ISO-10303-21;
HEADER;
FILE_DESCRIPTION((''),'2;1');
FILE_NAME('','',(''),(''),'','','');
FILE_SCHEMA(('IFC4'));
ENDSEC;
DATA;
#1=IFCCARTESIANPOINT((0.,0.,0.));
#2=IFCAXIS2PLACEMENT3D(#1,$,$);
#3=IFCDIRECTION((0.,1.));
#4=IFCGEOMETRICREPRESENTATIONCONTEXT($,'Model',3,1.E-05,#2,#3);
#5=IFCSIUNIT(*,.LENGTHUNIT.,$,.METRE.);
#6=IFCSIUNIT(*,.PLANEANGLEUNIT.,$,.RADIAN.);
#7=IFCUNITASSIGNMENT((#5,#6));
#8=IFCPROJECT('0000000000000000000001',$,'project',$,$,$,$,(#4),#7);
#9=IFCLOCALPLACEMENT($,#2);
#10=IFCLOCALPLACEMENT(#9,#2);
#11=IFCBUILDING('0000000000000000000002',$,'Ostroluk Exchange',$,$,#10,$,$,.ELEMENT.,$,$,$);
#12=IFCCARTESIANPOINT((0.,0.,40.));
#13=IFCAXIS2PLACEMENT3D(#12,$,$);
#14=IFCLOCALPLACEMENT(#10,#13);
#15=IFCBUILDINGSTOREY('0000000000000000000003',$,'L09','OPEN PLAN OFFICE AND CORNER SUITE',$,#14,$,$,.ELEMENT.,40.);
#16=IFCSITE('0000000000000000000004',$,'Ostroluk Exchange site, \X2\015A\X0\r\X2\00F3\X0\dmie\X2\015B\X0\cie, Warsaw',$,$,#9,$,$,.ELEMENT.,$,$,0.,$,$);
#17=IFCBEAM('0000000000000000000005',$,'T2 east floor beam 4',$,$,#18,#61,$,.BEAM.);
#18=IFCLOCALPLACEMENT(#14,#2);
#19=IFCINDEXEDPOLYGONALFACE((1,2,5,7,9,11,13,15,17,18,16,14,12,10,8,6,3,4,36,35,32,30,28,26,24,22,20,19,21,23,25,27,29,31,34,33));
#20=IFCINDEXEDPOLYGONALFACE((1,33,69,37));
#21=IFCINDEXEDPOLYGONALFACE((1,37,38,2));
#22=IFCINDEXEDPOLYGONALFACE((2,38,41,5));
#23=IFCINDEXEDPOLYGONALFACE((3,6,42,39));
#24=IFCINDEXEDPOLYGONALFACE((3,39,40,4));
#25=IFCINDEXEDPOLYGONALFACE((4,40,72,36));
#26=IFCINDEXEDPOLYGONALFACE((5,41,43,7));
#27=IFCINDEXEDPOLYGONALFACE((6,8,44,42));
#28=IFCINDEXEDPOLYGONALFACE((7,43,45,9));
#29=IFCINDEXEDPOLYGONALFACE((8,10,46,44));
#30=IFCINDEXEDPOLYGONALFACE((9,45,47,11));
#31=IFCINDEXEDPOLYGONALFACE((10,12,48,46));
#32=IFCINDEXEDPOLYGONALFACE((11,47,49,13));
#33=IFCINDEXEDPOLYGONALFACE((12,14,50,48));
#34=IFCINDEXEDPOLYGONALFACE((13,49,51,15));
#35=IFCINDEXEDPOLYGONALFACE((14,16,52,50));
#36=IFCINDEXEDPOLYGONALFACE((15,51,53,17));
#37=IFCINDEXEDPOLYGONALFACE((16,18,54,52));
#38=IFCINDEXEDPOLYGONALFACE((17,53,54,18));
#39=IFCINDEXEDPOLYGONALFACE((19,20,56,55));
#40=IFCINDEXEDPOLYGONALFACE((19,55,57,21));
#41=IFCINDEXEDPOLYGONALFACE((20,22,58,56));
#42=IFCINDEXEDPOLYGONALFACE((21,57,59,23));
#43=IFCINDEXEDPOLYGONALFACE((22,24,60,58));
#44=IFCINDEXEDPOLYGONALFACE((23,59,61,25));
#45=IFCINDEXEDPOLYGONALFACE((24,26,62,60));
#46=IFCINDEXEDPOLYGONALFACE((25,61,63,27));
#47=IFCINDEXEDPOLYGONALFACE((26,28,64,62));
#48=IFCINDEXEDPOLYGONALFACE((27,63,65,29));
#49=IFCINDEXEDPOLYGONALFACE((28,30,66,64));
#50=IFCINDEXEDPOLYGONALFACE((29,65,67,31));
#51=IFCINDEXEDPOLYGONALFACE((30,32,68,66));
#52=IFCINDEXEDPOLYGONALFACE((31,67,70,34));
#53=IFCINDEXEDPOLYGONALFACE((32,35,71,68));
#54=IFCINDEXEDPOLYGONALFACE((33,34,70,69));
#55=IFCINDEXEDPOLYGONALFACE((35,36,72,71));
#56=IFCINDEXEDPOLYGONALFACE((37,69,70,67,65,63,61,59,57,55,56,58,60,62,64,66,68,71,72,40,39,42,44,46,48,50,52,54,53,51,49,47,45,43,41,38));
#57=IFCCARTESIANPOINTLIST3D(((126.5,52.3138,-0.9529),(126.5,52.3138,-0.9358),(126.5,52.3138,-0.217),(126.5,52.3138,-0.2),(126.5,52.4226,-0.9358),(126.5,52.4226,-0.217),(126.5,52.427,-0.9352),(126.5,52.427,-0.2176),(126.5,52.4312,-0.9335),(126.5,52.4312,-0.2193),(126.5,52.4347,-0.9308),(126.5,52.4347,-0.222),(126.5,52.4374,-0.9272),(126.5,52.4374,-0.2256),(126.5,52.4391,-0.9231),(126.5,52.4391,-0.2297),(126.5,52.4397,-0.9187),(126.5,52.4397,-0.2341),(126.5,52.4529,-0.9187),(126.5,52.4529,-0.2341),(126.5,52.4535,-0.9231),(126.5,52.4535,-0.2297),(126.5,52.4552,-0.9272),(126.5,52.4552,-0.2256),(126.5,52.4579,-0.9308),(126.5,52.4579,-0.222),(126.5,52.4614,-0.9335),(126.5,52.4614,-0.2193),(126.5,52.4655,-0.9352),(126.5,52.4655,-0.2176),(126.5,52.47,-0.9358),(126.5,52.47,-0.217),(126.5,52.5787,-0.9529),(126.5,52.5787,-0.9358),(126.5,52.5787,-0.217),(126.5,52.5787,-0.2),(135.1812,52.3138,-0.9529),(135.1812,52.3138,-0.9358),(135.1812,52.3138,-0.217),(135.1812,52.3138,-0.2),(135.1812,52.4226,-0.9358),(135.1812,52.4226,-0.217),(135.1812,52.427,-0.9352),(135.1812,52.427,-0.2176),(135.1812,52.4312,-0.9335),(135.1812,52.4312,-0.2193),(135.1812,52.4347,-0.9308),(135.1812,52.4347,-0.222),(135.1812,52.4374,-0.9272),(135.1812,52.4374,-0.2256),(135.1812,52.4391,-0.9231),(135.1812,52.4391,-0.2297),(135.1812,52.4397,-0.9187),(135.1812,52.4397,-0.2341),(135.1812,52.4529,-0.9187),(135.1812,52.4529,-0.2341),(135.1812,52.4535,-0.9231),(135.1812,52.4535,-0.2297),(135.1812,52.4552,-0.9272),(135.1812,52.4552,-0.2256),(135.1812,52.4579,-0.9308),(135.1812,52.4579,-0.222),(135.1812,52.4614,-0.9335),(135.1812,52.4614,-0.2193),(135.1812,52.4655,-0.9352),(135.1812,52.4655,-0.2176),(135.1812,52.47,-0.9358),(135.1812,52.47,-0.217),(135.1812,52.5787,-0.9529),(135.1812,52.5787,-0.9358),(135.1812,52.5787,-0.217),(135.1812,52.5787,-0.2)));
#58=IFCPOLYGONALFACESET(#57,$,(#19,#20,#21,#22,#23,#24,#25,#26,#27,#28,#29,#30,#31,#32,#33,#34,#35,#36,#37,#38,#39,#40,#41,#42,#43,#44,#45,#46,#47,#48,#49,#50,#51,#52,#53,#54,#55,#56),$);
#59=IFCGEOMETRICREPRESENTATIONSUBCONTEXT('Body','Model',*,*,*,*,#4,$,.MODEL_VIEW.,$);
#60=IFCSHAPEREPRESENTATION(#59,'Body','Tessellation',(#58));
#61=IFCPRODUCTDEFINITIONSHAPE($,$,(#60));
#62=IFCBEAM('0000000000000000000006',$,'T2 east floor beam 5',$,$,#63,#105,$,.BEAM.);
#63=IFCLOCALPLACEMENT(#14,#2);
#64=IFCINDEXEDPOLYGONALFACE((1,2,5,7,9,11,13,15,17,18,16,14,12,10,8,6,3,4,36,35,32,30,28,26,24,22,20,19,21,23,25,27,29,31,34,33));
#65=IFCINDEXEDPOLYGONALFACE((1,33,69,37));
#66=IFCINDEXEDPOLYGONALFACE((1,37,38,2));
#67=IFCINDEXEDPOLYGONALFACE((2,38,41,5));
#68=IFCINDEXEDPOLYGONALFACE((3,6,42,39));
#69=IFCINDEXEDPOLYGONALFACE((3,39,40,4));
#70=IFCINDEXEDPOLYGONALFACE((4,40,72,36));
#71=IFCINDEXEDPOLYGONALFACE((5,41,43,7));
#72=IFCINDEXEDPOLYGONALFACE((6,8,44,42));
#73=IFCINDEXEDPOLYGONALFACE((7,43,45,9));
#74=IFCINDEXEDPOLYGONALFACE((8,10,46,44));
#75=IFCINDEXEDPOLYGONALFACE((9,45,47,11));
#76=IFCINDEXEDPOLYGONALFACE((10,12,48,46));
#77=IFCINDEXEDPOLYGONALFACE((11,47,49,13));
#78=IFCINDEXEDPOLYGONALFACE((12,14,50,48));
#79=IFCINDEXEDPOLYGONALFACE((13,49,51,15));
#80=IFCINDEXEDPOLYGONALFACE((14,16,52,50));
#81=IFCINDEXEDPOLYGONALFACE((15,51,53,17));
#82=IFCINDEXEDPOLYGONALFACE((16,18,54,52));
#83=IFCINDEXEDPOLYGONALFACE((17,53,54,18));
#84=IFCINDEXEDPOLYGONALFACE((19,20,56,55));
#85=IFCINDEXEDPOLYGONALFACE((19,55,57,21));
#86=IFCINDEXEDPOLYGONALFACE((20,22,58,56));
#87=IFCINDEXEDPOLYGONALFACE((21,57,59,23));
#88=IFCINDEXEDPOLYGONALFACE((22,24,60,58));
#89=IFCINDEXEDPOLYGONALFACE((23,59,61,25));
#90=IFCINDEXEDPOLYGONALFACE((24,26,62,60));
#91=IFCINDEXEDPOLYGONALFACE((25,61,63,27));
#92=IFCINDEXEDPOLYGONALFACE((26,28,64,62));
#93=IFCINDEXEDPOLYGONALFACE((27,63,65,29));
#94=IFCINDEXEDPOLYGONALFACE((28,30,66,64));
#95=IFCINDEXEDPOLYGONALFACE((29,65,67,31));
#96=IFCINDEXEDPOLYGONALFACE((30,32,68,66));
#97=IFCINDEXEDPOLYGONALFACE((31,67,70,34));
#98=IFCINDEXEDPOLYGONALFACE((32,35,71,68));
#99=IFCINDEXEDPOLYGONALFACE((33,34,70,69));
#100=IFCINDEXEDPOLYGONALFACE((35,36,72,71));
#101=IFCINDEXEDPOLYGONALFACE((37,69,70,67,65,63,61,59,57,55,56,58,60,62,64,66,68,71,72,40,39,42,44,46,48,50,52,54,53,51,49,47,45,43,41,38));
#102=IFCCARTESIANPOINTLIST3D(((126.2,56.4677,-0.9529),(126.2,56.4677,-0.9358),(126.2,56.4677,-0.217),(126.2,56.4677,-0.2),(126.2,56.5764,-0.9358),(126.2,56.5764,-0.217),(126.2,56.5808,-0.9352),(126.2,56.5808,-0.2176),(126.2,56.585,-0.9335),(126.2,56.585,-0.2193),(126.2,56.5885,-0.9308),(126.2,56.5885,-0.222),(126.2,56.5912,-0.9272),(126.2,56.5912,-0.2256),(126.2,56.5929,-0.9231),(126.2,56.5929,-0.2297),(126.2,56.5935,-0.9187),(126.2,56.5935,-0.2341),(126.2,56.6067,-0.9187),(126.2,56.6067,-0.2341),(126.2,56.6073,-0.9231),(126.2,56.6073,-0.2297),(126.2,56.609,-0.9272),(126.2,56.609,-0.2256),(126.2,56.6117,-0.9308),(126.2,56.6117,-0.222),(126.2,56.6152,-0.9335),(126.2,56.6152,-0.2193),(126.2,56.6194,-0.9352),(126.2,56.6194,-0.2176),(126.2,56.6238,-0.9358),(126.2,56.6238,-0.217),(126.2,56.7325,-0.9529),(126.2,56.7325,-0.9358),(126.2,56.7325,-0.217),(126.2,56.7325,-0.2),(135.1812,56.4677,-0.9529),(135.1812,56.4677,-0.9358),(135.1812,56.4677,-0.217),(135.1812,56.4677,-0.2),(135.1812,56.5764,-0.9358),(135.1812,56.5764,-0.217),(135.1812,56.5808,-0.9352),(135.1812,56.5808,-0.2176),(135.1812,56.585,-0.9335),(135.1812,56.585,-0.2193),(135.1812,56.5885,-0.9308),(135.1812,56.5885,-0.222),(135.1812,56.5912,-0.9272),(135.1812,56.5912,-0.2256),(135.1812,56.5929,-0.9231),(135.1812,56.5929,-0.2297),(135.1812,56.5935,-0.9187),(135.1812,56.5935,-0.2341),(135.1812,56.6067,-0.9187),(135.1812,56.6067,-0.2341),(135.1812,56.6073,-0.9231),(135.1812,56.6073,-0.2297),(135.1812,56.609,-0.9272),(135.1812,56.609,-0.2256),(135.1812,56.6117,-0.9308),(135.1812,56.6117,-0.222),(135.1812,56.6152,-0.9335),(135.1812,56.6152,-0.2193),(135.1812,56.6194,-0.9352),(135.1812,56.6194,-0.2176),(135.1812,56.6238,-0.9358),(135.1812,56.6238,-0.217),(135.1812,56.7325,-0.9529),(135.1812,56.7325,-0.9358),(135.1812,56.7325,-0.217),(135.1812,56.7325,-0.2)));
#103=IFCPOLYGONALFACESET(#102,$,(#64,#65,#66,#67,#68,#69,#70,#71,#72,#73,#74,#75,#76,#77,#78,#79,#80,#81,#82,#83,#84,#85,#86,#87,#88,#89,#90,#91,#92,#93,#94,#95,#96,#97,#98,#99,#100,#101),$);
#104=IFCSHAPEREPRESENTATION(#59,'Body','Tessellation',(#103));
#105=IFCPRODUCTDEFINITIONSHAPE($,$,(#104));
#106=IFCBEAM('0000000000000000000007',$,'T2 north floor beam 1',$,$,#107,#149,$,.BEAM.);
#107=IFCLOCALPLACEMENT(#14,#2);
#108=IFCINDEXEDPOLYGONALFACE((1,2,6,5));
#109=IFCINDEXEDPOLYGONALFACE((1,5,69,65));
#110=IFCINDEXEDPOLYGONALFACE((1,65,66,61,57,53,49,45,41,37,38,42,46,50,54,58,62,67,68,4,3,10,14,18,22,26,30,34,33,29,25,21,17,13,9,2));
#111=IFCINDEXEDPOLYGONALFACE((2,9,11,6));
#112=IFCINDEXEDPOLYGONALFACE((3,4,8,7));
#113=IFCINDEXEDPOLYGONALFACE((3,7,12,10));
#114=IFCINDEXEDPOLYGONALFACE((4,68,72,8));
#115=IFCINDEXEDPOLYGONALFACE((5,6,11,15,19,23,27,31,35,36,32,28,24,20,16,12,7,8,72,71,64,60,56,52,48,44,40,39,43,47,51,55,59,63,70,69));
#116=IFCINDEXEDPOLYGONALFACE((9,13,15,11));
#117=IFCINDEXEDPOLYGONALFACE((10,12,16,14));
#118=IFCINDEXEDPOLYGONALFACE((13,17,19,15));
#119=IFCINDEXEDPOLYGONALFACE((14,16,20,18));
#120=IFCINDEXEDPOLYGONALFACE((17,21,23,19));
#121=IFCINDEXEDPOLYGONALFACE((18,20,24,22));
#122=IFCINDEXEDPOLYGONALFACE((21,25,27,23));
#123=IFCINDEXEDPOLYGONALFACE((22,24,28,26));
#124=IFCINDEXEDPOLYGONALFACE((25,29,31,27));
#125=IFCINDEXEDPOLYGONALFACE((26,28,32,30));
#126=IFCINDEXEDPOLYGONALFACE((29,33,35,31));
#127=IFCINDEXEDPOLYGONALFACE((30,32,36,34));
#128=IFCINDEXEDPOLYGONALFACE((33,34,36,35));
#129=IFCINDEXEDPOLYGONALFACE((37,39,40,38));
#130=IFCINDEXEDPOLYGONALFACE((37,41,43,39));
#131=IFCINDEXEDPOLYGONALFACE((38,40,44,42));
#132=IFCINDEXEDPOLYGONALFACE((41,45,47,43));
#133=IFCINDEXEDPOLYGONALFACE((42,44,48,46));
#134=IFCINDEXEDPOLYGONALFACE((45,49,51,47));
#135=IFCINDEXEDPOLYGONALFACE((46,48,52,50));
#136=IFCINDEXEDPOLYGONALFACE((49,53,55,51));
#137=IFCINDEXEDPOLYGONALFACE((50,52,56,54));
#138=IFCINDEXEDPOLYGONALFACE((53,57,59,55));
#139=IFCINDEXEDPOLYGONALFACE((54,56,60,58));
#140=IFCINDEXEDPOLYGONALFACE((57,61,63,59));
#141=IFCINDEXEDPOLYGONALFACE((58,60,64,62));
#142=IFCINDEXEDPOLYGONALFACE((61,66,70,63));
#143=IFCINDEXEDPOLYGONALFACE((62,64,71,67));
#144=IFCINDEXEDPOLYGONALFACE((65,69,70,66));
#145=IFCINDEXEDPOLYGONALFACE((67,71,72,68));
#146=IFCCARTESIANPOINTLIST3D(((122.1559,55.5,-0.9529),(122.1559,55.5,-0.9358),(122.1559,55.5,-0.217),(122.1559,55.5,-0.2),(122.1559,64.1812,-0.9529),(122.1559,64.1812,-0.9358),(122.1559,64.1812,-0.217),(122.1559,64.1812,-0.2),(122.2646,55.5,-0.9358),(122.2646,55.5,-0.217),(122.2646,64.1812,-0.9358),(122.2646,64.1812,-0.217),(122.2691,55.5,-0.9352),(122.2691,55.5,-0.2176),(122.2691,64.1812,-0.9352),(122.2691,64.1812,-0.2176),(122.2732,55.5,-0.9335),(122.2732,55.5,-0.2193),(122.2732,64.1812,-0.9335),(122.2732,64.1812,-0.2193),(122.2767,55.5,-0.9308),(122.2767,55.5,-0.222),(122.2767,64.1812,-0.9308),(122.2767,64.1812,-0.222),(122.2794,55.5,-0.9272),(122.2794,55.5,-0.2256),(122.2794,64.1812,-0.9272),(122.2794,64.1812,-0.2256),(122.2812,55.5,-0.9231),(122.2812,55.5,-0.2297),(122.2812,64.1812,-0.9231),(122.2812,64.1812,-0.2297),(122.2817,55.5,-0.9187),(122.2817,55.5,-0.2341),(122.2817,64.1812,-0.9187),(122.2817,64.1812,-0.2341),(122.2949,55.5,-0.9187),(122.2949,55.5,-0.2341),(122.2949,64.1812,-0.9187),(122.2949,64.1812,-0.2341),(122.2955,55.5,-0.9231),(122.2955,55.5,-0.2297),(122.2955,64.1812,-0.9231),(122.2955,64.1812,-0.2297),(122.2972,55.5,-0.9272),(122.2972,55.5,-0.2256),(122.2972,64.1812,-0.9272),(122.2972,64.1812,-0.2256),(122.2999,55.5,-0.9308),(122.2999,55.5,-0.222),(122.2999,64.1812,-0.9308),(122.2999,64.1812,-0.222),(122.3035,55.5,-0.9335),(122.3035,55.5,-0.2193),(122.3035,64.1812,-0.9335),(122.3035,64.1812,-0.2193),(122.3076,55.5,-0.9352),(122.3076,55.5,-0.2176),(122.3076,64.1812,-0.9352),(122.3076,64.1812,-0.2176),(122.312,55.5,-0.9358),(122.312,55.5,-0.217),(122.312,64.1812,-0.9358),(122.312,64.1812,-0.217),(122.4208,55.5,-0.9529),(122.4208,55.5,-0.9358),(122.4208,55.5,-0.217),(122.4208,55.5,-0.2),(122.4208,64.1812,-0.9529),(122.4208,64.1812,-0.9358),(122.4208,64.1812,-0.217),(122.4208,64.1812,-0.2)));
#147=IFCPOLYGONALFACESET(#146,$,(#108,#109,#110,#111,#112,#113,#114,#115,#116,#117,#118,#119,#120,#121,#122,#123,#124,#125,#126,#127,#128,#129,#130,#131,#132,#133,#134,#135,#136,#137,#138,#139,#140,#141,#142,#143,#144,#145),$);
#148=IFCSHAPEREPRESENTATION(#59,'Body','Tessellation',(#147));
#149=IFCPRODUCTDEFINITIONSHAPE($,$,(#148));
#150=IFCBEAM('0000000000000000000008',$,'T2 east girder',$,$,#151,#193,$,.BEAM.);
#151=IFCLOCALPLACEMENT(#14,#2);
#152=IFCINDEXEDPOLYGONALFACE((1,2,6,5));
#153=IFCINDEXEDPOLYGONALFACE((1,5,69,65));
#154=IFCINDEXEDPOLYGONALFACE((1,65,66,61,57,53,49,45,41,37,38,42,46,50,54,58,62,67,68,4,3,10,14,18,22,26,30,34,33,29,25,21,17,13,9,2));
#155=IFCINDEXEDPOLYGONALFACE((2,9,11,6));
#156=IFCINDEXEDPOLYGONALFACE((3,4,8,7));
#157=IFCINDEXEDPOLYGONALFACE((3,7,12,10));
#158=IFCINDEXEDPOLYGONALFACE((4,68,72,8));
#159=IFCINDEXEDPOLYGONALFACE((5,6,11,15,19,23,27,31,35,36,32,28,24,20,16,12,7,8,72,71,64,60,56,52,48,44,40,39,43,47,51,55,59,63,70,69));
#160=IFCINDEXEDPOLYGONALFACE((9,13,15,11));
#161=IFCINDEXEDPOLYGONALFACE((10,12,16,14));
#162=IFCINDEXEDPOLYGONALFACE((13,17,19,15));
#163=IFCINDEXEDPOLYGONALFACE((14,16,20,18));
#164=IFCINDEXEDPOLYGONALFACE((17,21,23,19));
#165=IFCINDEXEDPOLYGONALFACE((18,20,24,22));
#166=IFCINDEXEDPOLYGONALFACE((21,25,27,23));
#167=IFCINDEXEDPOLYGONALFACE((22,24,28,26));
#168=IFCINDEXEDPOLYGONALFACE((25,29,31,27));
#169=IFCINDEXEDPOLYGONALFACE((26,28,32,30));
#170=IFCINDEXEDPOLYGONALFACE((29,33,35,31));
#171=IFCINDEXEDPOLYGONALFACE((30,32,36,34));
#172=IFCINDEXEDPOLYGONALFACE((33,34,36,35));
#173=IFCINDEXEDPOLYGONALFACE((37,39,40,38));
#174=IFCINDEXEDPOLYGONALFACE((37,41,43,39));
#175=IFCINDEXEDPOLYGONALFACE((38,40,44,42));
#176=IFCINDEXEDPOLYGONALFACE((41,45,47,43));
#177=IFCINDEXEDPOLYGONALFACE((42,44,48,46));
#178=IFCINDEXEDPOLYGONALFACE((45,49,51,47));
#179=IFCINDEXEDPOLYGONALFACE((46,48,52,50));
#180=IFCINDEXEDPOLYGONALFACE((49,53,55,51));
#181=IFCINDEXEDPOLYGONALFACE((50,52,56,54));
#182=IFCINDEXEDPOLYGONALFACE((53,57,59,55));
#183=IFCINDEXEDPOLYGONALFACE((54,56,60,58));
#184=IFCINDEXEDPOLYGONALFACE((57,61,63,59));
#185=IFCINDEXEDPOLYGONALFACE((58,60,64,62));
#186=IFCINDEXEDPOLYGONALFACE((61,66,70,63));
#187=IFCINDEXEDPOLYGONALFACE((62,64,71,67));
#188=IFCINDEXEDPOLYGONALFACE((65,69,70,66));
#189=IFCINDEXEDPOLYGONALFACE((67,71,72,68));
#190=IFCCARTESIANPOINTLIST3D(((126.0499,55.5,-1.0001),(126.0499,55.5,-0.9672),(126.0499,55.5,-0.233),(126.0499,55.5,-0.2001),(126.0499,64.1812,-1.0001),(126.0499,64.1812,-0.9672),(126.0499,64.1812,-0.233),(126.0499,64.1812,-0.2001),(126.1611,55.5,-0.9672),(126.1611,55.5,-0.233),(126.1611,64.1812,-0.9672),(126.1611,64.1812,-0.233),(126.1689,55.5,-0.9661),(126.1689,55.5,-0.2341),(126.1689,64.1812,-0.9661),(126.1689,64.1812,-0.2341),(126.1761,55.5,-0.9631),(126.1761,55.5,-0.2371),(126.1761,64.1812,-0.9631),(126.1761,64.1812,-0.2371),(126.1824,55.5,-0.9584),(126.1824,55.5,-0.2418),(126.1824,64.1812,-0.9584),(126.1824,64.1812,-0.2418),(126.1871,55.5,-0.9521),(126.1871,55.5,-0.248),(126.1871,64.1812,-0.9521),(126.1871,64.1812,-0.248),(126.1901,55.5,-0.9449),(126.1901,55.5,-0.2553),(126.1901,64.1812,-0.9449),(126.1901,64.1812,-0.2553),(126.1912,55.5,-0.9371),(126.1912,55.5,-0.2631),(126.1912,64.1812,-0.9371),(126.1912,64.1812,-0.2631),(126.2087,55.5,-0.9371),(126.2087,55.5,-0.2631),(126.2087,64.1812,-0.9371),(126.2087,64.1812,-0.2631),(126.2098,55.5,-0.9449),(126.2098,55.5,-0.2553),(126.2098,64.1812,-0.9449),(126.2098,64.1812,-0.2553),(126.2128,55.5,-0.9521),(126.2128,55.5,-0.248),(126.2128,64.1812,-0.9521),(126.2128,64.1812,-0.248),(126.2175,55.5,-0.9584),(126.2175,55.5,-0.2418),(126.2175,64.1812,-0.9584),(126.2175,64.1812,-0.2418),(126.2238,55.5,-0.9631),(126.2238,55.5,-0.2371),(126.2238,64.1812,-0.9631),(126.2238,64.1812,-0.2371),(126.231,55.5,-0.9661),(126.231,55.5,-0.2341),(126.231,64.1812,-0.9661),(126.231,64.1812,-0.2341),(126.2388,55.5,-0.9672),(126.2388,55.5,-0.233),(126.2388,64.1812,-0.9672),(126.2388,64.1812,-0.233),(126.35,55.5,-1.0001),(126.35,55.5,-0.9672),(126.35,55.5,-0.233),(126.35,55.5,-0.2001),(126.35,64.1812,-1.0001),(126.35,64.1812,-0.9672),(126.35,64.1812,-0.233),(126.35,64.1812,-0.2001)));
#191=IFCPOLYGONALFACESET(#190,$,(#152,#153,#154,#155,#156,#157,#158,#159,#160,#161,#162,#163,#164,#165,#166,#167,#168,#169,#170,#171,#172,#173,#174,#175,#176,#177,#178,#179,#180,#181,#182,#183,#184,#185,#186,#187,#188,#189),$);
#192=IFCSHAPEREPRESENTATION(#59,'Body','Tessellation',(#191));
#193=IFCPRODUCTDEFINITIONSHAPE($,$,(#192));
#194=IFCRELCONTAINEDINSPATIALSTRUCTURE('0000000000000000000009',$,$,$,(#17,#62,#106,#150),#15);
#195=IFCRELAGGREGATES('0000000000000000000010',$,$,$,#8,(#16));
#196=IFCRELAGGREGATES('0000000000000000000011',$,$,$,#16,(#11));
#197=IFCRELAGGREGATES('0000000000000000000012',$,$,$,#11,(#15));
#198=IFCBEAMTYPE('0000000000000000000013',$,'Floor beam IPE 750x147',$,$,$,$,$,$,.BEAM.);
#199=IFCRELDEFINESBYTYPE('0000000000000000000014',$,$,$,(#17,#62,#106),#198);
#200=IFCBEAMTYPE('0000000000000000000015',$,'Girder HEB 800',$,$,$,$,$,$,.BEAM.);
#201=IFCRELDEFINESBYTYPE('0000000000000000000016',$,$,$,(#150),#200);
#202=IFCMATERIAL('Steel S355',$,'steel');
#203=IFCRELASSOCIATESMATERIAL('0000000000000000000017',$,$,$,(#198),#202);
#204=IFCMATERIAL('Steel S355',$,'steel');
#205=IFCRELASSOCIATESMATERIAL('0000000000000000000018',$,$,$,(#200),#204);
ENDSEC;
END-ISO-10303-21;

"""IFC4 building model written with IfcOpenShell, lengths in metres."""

from ifc_helpers import new_model, si_unit, direction, frame, origin, origin_2d, place, context, subcontext, project, spatial, i_section, extrude, material, material_profile, profile_set, type_object, element, save


model = new_model("IFC4")

# Units and contexts
model_context = context("Model", 3, precision=1e-05, world=origin(), true_north=direction((0.0, 1.0)))
body_context = subcontext(model_context, "Body", "Model", "MODEL_VIEW")
ifc_project = project(units=[si_unit("LENGTHUNIT", "METRE"), si_unit("PLANEANGLEUNIT", "RADIAN")], contexts=[model_context])

# Site, building, storey
site_placement = place(None, origin())
site = spatial("IfcSite", under=ifc_project, at=site_placement, Name="Ostroluk Exchange site, Śródmieście, Warsaw", CompositionType="ELEMENT", RefElevation=0.0)
building_placement = place(site_placement, origin())
building = spatial("IfcBuilding", under=site, at=building_placement, Name="Ostroluk Exchange", CompositionType="ELEMENT")
storey_placement = place(building_placement, frame((0.0, 0.0, 40.0)))
storey = spatial("IfcBuildingStorey", under=building, at=storey_placement, Name="L09", Description="OPEN PLAN OFFICE AND CORNER SUITE", CompositionType="ELEMENT", Elevation=40.0)

# Beams
ifc_material_1 = material(Name="Steel S355", Category="steel")
ifc_material_profile_1 = material_profile(ifc_material_1, i_section(OverallWidth=0.2649, OverallDepth=0.7529, WebThickness=0.0132, FlangeThickness=0.0171, FilletRadius=0.0171, at=origin_2d()), Name="IPE 750x147")
ifc_profile_set_1 = profile_set([ifc_material_profile_1], Name="Steel S355")
beam_type_1 = type_object("IfcBeamType", Name="Floor beam IPE 750x147", PredefinedType="BEAM", material=ifc_profile_set_1)
beam_1_placement = place(storey_placement, frame((126.5, 52.4463, -0.5764), z_axis=(1.0, 0.0, 0.0), x_axis=(0.0, 1.0, 0.0)))
element("IfcBeam", 1, at=beam_1_placement, inside=storey, type_object=beam_type_1, Name="T2 east floor beam 4", PredefinedType="BEAM", context=body_context, shape_type="SweptSolid", body=[
    extrude(i_section(OverallWidth=0.2649, OverallDepth=0.7529, WebThickness=0.0132, FlangeThickness=0.0171, FilletRadius=0.0171, at=origin_2d()), origin(), (0.0, 0.0, 1.0), 8.6812),
])
beam_2_placement = place(storey_placement, frame((126.2, 56.6001, -0.5764), z_axis=(1.0, 0.0, 0.0), x_axis=(0.0, 1.0, 0.0)))
element("IfcBeam", 2, at=beam_2_placement, inside=storey, type_object=beam_type_1, Name="T2 east floor beam 5", PredefinedType="BEAM", context=body_context, shape_type="SweptSolid", body=[
    extrude(i_section(OverallWidth=0.2649, OverallDepth=0.7529, WebThickness=0.0132, FlangeThickness=0.0171, FilletRadius=0.0171, at=origin_2d()), origin(), (0.0, 0.0, 1.0), 8.9812),
])
beam_3_placement = place(storey_placement, frame((122.2883, 55.5, -0.5764), z_axis=(0.0, 1.0, 0.0), x_axis=(-1.0, 0.0, 0.0)))
element("IfcBeam", 3, at=beam_3_placement, inside=storey, type_object=beam_type_1, Name="T2 north floor beam 1", PredefinedType="BEAM", context=body_context, shape_type="SweptSolid", body=[
    extrude(i_section(OverallWidth=0.2649, OverallDepth=0.7529, WebThickness=0.0132, FlangeThickness=0.0171, FilletRadius=0.0171, at=origin_2d()), origin(), (0.0, 0.0, 1.0), 8.6812),
])
ifc_material_2 = material(Name="Steel S355", Category="steel")
ifc_material_profile_2 = material_profile(ifc_material_2, i_section(OverallWidth=0.3, OverallDepth=0.8, WebThickness=0.0176, FlangeThickness=0.033, FilletRadius=0.03, at=origin_2d()), Name="HEB 800")
ifc_profile_set_2 = profile_set([ifc_material_profile_2], Name="Steel S355")
beam_type_2 = type_object("IfcBeamType", Name="Girder HEB 800", PredefinedType="BEAM", material=ifc_profile_set_2)
beam_4_placement = place(storey_placement, frame((126.2, 55.5, -0.6001), z_axis=(0.0, 1.0, 0.0), x_axis=(-1.0, 0.0, 0.0)))
element("IfcBeam", 4, at=beam_4_placement, inside=storey, type_object=beam_type_2, Name="T2 east girder", PredefinedType="BEAM", context=body_context, shape_type="SweptSolid", body=[
    extrude(i_section(OverallWidth=0.3, OverallDepth=0.8, WebThickness=0.0176, FlangeThickness=0.033, FilletRadius=0.03, at=origin_2d()), origin(), (0.0, 0.0, 1.0), 8.6812),
])

save(model, "model.ifc")
